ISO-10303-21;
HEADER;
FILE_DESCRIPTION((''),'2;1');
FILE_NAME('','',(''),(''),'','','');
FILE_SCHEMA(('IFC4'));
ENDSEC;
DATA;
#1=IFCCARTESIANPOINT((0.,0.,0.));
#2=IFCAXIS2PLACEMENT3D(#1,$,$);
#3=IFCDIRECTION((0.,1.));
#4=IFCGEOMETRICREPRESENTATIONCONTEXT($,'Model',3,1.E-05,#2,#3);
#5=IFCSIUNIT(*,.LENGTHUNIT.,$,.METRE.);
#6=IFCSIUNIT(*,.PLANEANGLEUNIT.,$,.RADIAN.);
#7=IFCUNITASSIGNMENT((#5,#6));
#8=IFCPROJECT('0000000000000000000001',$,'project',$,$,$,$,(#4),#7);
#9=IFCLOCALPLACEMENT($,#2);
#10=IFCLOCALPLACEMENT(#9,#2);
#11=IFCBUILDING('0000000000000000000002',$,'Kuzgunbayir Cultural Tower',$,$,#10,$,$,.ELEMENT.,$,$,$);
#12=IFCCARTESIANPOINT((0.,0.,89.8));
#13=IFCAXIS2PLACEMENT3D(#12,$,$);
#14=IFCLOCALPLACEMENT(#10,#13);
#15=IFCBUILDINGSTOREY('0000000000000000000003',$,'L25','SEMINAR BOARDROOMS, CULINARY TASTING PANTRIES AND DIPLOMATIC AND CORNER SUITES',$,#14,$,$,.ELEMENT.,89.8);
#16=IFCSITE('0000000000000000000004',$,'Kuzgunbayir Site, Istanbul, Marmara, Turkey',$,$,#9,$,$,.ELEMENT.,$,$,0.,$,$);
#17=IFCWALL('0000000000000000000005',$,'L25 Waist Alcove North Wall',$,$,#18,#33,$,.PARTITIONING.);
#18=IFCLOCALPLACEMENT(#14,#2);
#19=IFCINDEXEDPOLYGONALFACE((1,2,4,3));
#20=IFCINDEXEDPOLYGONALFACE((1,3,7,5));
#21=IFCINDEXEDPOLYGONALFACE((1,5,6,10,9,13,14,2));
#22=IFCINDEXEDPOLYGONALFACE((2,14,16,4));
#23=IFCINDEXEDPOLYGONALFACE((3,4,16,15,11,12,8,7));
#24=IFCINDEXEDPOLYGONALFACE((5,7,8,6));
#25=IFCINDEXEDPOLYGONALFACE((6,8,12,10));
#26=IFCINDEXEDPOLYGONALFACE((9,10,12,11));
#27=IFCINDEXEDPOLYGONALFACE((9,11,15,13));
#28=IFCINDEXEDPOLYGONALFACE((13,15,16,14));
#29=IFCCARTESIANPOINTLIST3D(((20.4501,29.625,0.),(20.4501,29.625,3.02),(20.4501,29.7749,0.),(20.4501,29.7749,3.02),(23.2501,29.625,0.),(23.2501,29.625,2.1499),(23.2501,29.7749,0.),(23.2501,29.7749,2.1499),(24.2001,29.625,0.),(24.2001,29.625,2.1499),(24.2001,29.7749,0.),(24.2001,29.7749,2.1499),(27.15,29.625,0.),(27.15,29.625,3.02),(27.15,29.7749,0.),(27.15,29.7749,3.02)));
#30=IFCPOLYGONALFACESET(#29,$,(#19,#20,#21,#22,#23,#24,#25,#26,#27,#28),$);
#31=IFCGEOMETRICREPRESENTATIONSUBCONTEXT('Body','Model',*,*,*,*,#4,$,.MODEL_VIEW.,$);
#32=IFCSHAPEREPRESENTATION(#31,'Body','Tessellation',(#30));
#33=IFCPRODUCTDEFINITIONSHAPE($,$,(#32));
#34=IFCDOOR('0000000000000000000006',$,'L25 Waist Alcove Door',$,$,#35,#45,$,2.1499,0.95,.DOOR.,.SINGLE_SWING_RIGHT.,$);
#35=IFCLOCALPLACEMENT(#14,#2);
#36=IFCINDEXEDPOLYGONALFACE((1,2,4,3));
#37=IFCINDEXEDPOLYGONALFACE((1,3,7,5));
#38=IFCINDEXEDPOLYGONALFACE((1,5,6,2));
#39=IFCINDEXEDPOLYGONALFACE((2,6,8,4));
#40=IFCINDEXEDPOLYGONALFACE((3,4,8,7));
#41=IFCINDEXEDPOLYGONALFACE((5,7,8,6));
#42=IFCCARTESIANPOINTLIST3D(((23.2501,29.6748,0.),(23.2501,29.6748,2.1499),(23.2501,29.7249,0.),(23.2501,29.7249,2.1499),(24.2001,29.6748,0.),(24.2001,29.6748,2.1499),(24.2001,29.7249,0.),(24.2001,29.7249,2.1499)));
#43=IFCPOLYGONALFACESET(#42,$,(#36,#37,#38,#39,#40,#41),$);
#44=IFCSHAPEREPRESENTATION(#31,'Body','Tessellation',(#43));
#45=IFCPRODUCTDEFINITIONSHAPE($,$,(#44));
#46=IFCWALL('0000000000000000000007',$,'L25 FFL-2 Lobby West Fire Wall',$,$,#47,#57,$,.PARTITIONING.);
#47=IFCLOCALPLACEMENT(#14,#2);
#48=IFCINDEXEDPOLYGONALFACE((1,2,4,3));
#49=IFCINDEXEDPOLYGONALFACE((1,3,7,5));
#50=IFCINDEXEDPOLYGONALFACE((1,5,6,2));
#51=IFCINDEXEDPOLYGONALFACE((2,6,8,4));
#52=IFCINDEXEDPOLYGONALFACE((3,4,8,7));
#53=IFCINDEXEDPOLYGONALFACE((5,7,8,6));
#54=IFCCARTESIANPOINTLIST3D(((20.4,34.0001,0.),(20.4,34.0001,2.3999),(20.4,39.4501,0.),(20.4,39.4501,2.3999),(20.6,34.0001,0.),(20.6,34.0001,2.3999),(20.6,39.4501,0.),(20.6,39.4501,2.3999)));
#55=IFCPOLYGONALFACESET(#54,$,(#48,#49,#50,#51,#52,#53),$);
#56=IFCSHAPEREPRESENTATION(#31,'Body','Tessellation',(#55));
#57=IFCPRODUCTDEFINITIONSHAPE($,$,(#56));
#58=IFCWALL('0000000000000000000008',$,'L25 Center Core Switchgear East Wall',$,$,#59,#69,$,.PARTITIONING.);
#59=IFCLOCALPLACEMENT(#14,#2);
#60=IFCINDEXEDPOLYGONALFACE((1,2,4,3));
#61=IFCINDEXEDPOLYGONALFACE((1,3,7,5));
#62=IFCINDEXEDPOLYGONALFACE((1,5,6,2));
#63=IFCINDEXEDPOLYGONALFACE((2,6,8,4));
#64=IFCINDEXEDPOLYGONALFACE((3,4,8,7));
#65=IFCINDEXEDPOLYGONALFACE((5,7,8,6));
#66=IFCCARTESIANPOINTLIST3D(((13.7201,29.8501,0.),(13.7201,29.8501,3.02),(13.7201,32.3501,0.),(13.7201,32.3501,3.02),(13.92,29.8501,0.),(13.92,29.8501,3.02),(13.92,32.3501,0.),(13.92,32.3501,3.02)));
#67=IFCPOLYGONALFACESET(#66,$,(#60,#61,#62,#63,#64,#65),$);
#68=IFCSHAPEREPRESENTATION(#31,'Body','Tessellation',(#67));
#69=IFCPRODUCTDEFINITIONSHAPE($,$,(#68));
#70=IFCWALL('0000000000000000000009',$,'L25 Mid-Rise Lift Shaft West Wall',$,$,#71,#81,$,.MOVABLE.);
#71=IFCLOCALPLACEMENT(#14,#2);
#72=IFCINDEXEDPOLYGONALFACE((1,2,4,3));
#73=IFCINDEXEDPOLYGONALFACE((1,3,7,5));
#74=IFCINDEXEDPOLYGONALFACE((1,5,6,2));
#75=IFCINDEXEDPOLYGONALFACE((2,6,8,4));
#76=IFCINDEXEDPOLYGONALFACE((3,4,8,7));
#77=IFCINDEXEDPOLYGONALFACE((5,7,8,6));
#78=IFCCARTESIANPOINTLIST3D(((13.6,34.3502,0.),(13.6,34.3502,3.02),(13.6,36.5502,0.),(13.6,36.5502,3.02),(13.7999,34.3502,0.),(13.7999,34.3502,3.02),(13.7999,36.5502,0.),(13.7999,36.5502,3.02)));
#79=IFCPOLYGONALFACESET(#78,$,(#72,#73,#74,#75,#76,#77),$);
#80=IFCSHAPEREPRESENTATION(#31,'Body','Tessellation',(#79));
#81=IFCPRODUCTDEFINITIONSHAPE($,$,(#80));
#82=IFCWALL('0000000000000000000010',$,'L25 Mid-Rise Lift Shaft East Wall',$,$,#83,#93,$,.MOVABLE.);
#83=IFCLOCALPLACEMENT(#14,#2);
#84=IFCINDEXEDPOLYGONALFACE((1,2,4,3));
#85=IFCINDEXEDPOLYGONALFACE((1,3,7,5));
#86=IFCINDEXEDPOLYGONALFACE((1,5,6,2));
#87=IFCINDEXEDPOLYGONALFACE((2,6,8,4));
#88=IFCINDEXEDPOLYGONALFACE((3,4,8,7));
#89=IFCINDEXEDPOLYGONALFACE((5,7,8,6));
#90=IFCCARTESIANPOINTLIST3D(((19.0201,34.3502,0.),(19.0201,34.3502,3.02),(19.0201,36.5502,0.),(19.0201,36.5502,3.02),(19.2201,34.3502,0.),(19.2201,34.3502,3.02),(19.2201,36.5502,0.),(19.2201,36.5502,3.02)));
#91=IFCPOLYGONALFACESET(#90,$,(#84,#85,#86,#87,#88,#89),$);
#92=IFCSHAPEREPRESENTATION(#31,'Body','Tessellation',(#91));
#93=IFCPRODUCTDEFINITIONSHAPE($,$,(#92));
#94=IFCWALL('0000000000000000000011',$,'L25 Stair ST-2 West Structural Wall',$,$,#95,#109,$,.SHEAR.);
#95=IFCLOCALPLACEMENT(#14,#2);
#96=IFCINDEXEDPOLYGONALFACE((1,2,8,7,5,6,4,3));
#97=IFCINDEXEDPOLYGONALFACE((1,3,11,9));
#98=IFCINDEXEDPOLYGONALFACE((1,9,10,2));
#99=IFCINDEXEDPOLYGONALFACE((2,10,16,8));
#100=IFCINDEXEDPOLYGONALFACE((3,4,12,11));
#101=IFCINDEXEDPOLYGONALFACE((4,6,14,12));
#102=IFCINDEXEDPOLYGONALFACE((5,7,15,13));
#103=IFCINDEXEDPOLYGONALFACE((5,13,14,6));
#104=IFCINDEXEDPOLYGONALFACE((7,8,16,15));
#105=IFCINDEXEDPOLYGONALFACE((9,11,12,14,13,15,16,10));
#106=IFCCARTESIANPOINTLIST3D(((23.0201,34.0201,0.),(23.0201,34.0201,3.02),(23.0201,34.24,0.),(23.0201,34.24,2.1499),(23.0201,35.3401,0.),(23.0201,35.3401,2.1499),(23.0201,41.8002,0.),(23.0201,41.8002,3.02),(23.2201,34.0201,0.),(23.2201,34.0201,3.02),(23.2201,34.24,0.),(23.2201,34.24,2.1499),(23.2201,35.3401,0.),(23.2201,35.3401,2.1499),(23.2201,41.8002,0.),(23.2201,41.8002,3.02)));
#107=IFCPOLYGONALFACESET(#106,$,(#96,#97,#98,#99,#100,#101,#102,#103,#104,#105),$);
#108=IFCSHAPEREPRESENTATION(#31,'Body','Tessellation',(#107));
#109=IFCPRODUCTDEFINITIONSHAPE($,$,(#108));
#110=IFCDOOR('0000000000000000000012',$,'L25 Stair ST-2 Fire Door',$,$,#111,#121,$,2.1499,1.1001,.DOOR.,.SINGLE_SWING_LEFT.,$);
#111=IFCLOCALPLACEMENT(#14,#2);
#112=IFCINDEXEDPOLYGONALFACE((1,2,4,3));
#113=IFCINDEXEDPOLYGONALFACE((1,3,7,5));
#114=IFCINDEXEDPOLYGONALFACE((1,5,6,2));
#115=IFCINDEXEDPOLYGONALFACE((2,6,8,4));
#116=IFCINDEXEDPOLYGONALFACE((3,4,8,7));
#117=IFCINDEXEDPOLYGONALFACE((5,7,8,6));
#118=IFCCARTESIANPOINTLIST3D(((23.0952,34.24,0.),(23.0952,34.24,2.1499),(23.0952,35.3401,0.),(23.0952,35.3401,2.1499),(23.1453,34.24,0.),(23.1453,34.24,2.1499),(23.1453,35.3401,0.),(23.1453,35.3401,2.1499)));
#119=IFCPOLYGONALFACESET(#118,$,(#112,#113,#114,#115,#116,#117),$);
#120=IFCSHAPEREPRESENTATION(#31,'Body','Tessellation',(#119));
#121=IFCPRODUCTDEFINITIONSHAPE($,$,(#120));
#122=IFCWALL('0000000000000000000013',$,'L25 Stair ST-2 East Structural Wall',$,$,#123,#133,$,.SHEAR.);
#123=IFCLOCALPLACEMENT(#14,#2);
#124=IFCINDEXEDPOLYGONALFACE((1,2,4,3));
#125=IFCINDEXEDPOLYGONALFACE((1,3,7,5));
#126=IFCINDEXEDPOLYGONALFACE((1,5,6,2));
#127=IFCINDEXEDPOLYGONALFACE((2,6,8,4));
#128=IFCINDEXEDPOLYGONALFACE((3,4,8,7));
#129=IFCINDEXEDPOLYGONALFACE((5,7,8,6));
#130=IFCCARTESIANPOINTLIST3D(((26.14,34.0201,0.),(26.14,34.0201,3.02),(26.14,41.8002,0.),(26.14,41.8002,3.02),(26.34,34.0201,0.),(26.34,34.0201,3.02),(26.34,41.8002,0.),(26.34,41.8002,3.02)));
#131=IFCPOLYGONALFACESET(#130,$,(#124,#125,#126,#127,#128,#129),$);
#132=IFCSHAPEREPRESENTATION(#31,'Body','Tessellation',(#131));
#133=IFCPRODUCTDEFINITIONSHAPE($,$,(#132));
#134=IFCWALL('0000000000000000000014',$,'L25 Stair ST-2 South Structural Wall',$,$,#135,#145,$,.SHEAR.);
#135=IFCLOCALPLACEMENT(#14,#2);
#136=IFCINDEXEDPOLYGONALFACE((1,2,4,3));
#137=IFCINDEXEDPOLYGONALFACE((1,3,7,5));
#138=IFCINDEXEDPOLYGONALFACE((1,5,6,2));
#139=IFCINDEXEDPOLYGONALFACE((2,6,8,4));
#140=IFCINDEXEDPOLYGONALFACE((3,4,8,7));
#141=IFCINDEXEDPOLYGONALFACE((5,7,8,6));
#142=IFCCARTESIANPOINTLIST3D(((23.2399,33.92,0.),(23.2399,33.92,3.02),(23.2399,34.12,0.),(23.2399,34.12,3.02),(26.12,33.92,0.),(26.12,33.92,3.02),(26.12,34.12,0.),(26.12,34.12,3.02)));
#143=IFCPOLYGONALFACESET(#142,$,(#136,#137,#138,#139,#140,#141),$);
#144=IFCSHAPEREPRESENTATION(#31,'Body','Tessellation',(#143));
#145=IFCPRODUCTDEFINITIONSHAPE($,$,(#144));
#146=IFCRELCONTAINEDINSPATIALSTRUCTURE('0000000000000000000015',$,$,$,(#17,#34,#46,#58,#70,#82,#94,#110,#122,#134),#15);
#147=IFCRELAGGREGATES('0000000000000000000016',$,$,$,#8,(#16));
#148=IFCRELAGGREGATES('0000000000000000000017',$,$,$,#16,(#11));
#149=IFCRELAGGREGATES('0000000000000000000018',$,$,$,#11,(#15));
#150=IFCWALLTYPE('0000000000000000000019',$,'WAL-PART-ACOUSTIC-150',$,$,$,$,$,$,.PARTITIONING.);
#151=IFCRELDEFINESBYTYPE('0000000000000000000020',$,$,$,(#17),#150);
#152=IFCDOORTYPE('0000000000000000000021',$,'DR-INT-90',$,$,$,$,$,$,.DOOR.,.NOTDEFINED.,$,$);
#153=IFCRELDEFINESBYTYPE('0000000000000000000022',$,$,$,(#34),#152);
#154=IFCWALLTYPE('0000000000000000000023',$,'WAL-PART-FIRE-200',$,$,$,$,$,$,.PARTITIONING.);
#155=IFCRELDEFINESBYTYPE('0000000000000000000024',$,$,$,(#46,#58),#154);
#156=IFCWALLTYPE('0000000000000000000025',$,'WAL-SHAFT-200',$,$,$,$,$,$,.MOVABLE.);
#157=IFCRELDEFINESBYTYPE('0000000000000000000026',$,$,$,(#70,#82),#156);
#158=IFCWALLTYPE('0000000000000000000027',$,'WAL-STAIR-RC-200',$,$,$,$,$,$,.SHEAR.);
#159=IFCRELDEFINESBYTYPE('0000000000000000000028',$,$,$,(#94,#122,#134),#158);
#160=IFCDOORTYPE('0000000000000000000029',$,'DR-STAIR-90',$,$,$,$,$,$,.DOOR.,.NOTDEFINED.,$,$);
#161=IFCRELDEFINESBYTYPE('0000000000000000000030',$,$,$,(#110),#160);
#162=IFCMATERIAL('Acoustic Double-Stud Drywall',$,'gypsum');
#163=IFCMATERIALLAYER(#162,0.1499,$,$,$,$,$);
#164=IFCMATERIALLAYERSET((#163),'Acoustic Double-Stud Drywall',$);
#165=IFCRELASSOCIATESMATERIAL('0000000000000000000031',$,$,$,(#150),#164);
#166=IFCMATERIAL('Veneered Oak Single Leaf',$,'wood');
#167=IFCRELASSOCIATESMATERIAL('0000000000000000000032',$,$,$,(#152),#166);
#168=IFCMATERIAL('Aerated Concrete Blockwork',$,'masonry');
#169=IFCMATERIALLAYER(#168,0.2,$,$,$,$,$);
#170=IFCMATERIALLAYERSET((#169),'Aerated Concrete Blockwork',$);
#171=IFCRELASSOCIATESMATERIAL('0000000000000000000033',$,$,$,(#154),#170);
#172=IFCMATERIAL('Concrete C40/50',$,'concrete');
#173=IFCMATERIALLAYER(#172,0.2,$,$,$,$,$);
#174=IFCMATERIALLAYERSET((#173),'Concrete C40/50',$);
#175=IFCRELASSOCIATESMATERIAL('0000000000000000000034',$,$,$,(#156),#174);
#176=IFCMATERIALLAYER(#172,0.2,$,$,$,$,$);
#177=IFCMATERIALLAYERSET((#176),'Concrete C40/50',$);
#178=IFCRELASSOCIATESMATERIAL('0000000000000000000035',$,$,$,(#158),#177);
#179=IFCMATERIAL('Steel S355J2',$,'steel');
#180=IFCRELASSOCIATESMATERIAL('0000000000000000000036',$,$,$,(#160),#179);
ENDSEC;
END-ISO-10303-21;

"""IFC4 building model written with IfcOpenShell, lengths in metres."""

from ifc_helpers import new_model, si_unit, direction, frame, frame_2d, origin, place, context, subcontext, project, spatial, rectangle, extrude, material, layer, layer_set, type_object, element, fill, save


model = new_model("IFC4")

# Units and contexts
model_context = context("Model", 3, precision=1e-05, world=origin(), true_north=direction((0.0, 1.0)))
body_context = subcontext(model_context, "Body", "Model", "MODEL_VIEW")
ifc_project = project(units=[si_unit("LENGTHUNIT", "METRE"), si_unit("PLANEANGLEUNIT", "RADIAN")], contexts=[model_context])

# Site, building, storey
site_placement = place(None, origin())
site = spatial("IfcSite", under=ifc_project, at=site_placement, Name="Kuzgunbayir Site, Istanbul, Marmara, Turkey", CompositionType="ELEMENT", RefElevation=0.0)
building_placement = place(site_placement, origin())
building = spatial("IfcBuilding", under=site, at=building_placement, Name="Kuzgunbayir Cultural Tower", CompositionType="ELEMENT")
storey_placement = place(building_placement, frame((0.0, 0.0, 89.8)))
storey = spatial("IfcBuildingStorey", under=building, at=storey_placement, Name="L25", Description="SEMINAR BOARDROOMS, CULINARY TASTING PANTRIES AND DIPLOMATIC AND CORNER SUITES", CompositionType="ELEMENT", Elevation=89.8)

# Shared definitions
ifc_material_1 = material(Name="Steel S355J2", Category="steel")

# Wall, opening, door
ifc_material_2 = material(Name="Acoustic Double-Stud Drywall", Category="gypsum")
ifc_layer_1 = layer(ifc_material_2, 0.1499)
ifc_layer_set_1 = layer_set([ifc_layer_1], Name="Acoustic Double-Stud Drywall")
wall_type_1 = type_object("IfcWallType", Name="WAL-PART-ACOUSTIC-150", PredefinedType="PARTITIONING", material=ifc_layer_set_1)
wall_1_placement = place(storey_placement, frame((20.45, 29.7, 0.0), z_axis=(0.0, 0.0, 1.0), x_axis=(1.0, 0.0, 0.0)))
wall_1 = element("IfcWall", 1, at=wall_1_placement, inside=storey, type_object=wall_type_1, Name="L25 Waist Alcove North Wall", PredefinedType="PARTITIONING", context=body_context, shape_type="SweptSolid", body=[
    extrude(rectangle(XDim=6.7, YDim=0.1499, at=frame_2d((3.3501, 0.0))), origin(), (0.0, 0.0, 1.0), 3.02),
])
opening_1_placement = place(wall_1_placement, frame((2.8, 0.0, 0.0)))
opening_1 = element("IfcOpeningElement", 2, at=opening_1_placement, cuts=wall_1, PredefinedType="OPENING", context=body_context, shape_type="SweptSolid", body=[
    extrude(rectangle(XDim=0.95, YDim=2.1499, at=frame_2d((0.4751, 1.075))), frame((0.0, 0.085, 0.0), z_axis=(0.0, -1.0, 0.0), x_axis=(1.0, 0.0, 0.0)), (0.0, 0.0, 1.0), 0.1699),
])
ifc_material_3 = material(Name="Veneered Oak Single Leaf", Category="wood")
door_type_1 = type_object("IfcDoorType", Name="DR-INT-90", OperationType="NOTDEFINED", PredefinedType="DOOR", material=ifc_material_3)
door_1_placement = place(opening_1_placement, origin())
door_1 = element("IfcDoor", 3, at=door_1_placement, inside=storey, type_object=door_type_1, Name="L25 Waist Alcove Door", OperationType="SINGLE_SWING_RIGHT", OverallHeight=2.1499, OverallWidth=0.95, PredefinedType="DOOR", context=body_context, shape_type="SweptSolid", body=[
    extrude(rectangle(XDim=0.95, YDim=2.1499, at=frame_2d((0.4751, 1.075))), frame((0.0, 0.0249, 0.0), z_axis=(0.0, -1.0, 0.0), x_axis=(1.0, 0.0, 0.0)), (0.0, 0.0, 1.0), 0.05),
])
fill(opening_1, door_1)

# Wall
ifc_material_4 = material(Name="Aerated Concrete Blockwork", Category="masonry")
ifc_layer_2 = layer(ifc_material_4, 0.2)
ifc_layer_set_2 = layer_set([ifc_layer_2], Name="Aerated Concrete Blockwork")
wall_type_2 = type_object("IfcWallType", Name="WAL-PART-FIRE-200", PredefinedType="PARTITIONING", material=ifc_layer_set_2)
wall_2_placement = place(storey_placement, frame((20.5, 34.0, 0.0), z_axis=(0.0, 0.0, 1.0), x_axis=(0.0, 1.0, 0.0)))
element("IfcWall", 4, at=wall_2_placement, inside=storey, type_object=wall_type_2, Name="L25 FFL-2 Lobby West Fire Wall", PredefinedType="PARTITIONING", context=body_context, shape_type="SweptSolid", body=[
    extrude(rectangle(XDim=5.45, YDim=0.2, at=frame_2d((2.7251, 0.0))), origin(), (0.0, 0.0, 1.0), 2.3999),
])

# Wall
wall_3_placement = place(storey_placement, frame((13.8201, 29.8501, 0.0), z_axis=(0.0, 0.0, 1.0), x_axis=(0.0, 1.0, 0.0)))
element("IfcWall", 5, at=wall_3_placement, inside=storey, type_object=wall_type_2, Name="L25 Center Core Switchgear East Wall", PredefinedType="PARTITIONING", context=body_context, shape_type="SweptSolid", body=[
    extrude(rectangle(XDim=2.5, YDim=0.2, at=frame_2d((1.25, 0.0))), origin(), (0.0, 0.0, 1.0), 3.02),
])

# Shared definitions
ifc_material_5 = material(Name="Concrete C40/50", Category="concrete")
ifc_layer_3 = layer(ifc_material_5, 0.2)
ifc_layer_set_3 = layer_set([ifc_layer_3], Name="Concrete C40/50")
wall_type_3 = type_object("IfcWallType", Name="WAL-SHAFT-200", PredefinedType="MOVABLE", material=ifc_layer_set_3)

# Walls
for number, where, z_axis, x_axis, name in (
    (6, (13.7, 34.3501, 0.0), (0.0, 0.0, 1.0), (0.0, 1.0, 0.0), "L25 Mid-Rise Lift Shaft West Wall"),
    (7, (19.1201, 34.3501, 0.0), (0.0, 0.0, 1.0), (0.0, 1.0, 0.0), "L25 Mid-Rise Lift Shaft East Wall"),
):
    element("IfcWall", number, at=place(storey_placement, frame(where, z_axis=z_axis, x_axis=x_axis)), inside=storey, type_object=wall_type_3, Name=name, PredefinedType="MOVABLE", context=body_context, shape_type="SweptSolid", body=[
        extrude(rectangle(XDim=2.2, YDim=0.2, at=frame_2d((1.1001, 0.0))), origin(), (0.0, 0.0, 1.0), 3.02),
    ])

# Wall, opening, door
ifc_layer_4 = layer(ifc_material_5, 0.2)
ifc_layer_set_4 = layer_set([ifc_layer_4], Name="Concrete C40/50")
wall_type_4 = type_object("IfcWallType", Name="WAL-STAIR-RC-200", PredefinedType="SHEAR", material=ifc_layer_set_4)
wall_4_placement = place(storey_placement, frame((23.1201, 34.02, 0.0), z_axis=(0.0, 0.0, 1.0), x_axis=(0.0, 1.0, 0.0)))
wall_4 = element("IfcWall", 8, at=wall_4_placement, inside=storey, type_object=wall_type_4, Name="L25 Stair ST-2 West Structural Wall", PredefinedType="SHEAR", context=body_context, shape_type="SweptSolid", body=[
    extrude(rectangle(XDim=7.78, YDim=0.2, at=frame_2d((3.8901, 0.0))), origin(), (0.0, 0.0, 1.0), 3.02),
])
opening_2_placement = place(wall_4_placement, frame((0.22, 0.0, 0.0)))
opening_2 = element("IfcOpeningElement", 9, at=opening_2_placement, cuts=wall_4, PredefinedType="OPENING", context=body_context, shape_type="SweptSolid", body=[
    extrude(rectangle(XDim=1.1001, YDim=2.1499, at=frame_2d((0.55, 1.075))), frame((0.0, 0.1099, 0.0), z_axis=(0.0, -1.0, 0.0), x_axis=(1.0, 0.0, 0.0)), (0.0, 0.0, 1.0), 0.22),
])
door_type_2 = type_object("IfcDoorType", Name="DR-STAIR-90", OperationType="NOTDEFINED", PredefinedType="DOOR", material=ifc_material_1)
door_2_placement = place(opening_2_placement, origin())
door_2 = element("IfcDoor", 10, at=door_2_placement, inside=storey, type_object=door_type_2, Name="L25 Stair ST-2 Fire Door", OperationType="SINGLE_SWING_LEFT", OverallHeight=2.1499, OverallWidth=1.1001, PredefinedType="DOOR", context=body_context, shape_type="SweptSolid", body=[
    extrude(rectangle(XDim=1.1001, YDim=2.1499, at=frame_2d((0.55, 1.075))), frame((0.0, 0.0249, 0.0), z_axis=(0.0, -1.0, 0.0), x_axis=(1.0, 0.0, 0.0)), (0.0, 0.0, 1.0), 0.05),
])
fill(opening_2, door_2)

# Walls
wall_5_placement = place(storey_placement, frame((26.24, 34.02, 0.0), z_axis=(0.0, 0.0, 1.0), x_axis=(0.0, 1.0, 0.0)))
element("IfcWall", 11, at=wall_5_placement, inside=storey, type_object=wall_type_4, Name="L25 Stair ST-2 East Structural Wall", PredefinedType="SHEAR", context=body_context, shape_type="SweptSolid", body=[
    extrude(rectangle(XDim=7.78, YDim=0.2, at=frame_2d((3.8901, 0.0))), origin(), (0.0, 0.0, 1.0), 3.02),
])
wall_6_placement = place(storey_placement, frame((23.24, 34.02, 0.0), z_axis=(0.0, 0.0, 1.0), x_axis=(1.0, 0.0, 0.0)))
element("IfcWall", 12, at=wall_6_placement, inside=storey, type_object=wall_type_4, Name="L25 Stair ST-2 South Structural Wall", PredefinedType="SHEAR", context=body_context, shape_type="SweptSolid", body=[
    extrude(rectangle(XDim=2.8801, YDim=0.2, at=frame_2d((1.4399, 0.0))), origin(), (0.0, 0.0, 1.0), 3.02),
])

save(model, "model.ifc")
